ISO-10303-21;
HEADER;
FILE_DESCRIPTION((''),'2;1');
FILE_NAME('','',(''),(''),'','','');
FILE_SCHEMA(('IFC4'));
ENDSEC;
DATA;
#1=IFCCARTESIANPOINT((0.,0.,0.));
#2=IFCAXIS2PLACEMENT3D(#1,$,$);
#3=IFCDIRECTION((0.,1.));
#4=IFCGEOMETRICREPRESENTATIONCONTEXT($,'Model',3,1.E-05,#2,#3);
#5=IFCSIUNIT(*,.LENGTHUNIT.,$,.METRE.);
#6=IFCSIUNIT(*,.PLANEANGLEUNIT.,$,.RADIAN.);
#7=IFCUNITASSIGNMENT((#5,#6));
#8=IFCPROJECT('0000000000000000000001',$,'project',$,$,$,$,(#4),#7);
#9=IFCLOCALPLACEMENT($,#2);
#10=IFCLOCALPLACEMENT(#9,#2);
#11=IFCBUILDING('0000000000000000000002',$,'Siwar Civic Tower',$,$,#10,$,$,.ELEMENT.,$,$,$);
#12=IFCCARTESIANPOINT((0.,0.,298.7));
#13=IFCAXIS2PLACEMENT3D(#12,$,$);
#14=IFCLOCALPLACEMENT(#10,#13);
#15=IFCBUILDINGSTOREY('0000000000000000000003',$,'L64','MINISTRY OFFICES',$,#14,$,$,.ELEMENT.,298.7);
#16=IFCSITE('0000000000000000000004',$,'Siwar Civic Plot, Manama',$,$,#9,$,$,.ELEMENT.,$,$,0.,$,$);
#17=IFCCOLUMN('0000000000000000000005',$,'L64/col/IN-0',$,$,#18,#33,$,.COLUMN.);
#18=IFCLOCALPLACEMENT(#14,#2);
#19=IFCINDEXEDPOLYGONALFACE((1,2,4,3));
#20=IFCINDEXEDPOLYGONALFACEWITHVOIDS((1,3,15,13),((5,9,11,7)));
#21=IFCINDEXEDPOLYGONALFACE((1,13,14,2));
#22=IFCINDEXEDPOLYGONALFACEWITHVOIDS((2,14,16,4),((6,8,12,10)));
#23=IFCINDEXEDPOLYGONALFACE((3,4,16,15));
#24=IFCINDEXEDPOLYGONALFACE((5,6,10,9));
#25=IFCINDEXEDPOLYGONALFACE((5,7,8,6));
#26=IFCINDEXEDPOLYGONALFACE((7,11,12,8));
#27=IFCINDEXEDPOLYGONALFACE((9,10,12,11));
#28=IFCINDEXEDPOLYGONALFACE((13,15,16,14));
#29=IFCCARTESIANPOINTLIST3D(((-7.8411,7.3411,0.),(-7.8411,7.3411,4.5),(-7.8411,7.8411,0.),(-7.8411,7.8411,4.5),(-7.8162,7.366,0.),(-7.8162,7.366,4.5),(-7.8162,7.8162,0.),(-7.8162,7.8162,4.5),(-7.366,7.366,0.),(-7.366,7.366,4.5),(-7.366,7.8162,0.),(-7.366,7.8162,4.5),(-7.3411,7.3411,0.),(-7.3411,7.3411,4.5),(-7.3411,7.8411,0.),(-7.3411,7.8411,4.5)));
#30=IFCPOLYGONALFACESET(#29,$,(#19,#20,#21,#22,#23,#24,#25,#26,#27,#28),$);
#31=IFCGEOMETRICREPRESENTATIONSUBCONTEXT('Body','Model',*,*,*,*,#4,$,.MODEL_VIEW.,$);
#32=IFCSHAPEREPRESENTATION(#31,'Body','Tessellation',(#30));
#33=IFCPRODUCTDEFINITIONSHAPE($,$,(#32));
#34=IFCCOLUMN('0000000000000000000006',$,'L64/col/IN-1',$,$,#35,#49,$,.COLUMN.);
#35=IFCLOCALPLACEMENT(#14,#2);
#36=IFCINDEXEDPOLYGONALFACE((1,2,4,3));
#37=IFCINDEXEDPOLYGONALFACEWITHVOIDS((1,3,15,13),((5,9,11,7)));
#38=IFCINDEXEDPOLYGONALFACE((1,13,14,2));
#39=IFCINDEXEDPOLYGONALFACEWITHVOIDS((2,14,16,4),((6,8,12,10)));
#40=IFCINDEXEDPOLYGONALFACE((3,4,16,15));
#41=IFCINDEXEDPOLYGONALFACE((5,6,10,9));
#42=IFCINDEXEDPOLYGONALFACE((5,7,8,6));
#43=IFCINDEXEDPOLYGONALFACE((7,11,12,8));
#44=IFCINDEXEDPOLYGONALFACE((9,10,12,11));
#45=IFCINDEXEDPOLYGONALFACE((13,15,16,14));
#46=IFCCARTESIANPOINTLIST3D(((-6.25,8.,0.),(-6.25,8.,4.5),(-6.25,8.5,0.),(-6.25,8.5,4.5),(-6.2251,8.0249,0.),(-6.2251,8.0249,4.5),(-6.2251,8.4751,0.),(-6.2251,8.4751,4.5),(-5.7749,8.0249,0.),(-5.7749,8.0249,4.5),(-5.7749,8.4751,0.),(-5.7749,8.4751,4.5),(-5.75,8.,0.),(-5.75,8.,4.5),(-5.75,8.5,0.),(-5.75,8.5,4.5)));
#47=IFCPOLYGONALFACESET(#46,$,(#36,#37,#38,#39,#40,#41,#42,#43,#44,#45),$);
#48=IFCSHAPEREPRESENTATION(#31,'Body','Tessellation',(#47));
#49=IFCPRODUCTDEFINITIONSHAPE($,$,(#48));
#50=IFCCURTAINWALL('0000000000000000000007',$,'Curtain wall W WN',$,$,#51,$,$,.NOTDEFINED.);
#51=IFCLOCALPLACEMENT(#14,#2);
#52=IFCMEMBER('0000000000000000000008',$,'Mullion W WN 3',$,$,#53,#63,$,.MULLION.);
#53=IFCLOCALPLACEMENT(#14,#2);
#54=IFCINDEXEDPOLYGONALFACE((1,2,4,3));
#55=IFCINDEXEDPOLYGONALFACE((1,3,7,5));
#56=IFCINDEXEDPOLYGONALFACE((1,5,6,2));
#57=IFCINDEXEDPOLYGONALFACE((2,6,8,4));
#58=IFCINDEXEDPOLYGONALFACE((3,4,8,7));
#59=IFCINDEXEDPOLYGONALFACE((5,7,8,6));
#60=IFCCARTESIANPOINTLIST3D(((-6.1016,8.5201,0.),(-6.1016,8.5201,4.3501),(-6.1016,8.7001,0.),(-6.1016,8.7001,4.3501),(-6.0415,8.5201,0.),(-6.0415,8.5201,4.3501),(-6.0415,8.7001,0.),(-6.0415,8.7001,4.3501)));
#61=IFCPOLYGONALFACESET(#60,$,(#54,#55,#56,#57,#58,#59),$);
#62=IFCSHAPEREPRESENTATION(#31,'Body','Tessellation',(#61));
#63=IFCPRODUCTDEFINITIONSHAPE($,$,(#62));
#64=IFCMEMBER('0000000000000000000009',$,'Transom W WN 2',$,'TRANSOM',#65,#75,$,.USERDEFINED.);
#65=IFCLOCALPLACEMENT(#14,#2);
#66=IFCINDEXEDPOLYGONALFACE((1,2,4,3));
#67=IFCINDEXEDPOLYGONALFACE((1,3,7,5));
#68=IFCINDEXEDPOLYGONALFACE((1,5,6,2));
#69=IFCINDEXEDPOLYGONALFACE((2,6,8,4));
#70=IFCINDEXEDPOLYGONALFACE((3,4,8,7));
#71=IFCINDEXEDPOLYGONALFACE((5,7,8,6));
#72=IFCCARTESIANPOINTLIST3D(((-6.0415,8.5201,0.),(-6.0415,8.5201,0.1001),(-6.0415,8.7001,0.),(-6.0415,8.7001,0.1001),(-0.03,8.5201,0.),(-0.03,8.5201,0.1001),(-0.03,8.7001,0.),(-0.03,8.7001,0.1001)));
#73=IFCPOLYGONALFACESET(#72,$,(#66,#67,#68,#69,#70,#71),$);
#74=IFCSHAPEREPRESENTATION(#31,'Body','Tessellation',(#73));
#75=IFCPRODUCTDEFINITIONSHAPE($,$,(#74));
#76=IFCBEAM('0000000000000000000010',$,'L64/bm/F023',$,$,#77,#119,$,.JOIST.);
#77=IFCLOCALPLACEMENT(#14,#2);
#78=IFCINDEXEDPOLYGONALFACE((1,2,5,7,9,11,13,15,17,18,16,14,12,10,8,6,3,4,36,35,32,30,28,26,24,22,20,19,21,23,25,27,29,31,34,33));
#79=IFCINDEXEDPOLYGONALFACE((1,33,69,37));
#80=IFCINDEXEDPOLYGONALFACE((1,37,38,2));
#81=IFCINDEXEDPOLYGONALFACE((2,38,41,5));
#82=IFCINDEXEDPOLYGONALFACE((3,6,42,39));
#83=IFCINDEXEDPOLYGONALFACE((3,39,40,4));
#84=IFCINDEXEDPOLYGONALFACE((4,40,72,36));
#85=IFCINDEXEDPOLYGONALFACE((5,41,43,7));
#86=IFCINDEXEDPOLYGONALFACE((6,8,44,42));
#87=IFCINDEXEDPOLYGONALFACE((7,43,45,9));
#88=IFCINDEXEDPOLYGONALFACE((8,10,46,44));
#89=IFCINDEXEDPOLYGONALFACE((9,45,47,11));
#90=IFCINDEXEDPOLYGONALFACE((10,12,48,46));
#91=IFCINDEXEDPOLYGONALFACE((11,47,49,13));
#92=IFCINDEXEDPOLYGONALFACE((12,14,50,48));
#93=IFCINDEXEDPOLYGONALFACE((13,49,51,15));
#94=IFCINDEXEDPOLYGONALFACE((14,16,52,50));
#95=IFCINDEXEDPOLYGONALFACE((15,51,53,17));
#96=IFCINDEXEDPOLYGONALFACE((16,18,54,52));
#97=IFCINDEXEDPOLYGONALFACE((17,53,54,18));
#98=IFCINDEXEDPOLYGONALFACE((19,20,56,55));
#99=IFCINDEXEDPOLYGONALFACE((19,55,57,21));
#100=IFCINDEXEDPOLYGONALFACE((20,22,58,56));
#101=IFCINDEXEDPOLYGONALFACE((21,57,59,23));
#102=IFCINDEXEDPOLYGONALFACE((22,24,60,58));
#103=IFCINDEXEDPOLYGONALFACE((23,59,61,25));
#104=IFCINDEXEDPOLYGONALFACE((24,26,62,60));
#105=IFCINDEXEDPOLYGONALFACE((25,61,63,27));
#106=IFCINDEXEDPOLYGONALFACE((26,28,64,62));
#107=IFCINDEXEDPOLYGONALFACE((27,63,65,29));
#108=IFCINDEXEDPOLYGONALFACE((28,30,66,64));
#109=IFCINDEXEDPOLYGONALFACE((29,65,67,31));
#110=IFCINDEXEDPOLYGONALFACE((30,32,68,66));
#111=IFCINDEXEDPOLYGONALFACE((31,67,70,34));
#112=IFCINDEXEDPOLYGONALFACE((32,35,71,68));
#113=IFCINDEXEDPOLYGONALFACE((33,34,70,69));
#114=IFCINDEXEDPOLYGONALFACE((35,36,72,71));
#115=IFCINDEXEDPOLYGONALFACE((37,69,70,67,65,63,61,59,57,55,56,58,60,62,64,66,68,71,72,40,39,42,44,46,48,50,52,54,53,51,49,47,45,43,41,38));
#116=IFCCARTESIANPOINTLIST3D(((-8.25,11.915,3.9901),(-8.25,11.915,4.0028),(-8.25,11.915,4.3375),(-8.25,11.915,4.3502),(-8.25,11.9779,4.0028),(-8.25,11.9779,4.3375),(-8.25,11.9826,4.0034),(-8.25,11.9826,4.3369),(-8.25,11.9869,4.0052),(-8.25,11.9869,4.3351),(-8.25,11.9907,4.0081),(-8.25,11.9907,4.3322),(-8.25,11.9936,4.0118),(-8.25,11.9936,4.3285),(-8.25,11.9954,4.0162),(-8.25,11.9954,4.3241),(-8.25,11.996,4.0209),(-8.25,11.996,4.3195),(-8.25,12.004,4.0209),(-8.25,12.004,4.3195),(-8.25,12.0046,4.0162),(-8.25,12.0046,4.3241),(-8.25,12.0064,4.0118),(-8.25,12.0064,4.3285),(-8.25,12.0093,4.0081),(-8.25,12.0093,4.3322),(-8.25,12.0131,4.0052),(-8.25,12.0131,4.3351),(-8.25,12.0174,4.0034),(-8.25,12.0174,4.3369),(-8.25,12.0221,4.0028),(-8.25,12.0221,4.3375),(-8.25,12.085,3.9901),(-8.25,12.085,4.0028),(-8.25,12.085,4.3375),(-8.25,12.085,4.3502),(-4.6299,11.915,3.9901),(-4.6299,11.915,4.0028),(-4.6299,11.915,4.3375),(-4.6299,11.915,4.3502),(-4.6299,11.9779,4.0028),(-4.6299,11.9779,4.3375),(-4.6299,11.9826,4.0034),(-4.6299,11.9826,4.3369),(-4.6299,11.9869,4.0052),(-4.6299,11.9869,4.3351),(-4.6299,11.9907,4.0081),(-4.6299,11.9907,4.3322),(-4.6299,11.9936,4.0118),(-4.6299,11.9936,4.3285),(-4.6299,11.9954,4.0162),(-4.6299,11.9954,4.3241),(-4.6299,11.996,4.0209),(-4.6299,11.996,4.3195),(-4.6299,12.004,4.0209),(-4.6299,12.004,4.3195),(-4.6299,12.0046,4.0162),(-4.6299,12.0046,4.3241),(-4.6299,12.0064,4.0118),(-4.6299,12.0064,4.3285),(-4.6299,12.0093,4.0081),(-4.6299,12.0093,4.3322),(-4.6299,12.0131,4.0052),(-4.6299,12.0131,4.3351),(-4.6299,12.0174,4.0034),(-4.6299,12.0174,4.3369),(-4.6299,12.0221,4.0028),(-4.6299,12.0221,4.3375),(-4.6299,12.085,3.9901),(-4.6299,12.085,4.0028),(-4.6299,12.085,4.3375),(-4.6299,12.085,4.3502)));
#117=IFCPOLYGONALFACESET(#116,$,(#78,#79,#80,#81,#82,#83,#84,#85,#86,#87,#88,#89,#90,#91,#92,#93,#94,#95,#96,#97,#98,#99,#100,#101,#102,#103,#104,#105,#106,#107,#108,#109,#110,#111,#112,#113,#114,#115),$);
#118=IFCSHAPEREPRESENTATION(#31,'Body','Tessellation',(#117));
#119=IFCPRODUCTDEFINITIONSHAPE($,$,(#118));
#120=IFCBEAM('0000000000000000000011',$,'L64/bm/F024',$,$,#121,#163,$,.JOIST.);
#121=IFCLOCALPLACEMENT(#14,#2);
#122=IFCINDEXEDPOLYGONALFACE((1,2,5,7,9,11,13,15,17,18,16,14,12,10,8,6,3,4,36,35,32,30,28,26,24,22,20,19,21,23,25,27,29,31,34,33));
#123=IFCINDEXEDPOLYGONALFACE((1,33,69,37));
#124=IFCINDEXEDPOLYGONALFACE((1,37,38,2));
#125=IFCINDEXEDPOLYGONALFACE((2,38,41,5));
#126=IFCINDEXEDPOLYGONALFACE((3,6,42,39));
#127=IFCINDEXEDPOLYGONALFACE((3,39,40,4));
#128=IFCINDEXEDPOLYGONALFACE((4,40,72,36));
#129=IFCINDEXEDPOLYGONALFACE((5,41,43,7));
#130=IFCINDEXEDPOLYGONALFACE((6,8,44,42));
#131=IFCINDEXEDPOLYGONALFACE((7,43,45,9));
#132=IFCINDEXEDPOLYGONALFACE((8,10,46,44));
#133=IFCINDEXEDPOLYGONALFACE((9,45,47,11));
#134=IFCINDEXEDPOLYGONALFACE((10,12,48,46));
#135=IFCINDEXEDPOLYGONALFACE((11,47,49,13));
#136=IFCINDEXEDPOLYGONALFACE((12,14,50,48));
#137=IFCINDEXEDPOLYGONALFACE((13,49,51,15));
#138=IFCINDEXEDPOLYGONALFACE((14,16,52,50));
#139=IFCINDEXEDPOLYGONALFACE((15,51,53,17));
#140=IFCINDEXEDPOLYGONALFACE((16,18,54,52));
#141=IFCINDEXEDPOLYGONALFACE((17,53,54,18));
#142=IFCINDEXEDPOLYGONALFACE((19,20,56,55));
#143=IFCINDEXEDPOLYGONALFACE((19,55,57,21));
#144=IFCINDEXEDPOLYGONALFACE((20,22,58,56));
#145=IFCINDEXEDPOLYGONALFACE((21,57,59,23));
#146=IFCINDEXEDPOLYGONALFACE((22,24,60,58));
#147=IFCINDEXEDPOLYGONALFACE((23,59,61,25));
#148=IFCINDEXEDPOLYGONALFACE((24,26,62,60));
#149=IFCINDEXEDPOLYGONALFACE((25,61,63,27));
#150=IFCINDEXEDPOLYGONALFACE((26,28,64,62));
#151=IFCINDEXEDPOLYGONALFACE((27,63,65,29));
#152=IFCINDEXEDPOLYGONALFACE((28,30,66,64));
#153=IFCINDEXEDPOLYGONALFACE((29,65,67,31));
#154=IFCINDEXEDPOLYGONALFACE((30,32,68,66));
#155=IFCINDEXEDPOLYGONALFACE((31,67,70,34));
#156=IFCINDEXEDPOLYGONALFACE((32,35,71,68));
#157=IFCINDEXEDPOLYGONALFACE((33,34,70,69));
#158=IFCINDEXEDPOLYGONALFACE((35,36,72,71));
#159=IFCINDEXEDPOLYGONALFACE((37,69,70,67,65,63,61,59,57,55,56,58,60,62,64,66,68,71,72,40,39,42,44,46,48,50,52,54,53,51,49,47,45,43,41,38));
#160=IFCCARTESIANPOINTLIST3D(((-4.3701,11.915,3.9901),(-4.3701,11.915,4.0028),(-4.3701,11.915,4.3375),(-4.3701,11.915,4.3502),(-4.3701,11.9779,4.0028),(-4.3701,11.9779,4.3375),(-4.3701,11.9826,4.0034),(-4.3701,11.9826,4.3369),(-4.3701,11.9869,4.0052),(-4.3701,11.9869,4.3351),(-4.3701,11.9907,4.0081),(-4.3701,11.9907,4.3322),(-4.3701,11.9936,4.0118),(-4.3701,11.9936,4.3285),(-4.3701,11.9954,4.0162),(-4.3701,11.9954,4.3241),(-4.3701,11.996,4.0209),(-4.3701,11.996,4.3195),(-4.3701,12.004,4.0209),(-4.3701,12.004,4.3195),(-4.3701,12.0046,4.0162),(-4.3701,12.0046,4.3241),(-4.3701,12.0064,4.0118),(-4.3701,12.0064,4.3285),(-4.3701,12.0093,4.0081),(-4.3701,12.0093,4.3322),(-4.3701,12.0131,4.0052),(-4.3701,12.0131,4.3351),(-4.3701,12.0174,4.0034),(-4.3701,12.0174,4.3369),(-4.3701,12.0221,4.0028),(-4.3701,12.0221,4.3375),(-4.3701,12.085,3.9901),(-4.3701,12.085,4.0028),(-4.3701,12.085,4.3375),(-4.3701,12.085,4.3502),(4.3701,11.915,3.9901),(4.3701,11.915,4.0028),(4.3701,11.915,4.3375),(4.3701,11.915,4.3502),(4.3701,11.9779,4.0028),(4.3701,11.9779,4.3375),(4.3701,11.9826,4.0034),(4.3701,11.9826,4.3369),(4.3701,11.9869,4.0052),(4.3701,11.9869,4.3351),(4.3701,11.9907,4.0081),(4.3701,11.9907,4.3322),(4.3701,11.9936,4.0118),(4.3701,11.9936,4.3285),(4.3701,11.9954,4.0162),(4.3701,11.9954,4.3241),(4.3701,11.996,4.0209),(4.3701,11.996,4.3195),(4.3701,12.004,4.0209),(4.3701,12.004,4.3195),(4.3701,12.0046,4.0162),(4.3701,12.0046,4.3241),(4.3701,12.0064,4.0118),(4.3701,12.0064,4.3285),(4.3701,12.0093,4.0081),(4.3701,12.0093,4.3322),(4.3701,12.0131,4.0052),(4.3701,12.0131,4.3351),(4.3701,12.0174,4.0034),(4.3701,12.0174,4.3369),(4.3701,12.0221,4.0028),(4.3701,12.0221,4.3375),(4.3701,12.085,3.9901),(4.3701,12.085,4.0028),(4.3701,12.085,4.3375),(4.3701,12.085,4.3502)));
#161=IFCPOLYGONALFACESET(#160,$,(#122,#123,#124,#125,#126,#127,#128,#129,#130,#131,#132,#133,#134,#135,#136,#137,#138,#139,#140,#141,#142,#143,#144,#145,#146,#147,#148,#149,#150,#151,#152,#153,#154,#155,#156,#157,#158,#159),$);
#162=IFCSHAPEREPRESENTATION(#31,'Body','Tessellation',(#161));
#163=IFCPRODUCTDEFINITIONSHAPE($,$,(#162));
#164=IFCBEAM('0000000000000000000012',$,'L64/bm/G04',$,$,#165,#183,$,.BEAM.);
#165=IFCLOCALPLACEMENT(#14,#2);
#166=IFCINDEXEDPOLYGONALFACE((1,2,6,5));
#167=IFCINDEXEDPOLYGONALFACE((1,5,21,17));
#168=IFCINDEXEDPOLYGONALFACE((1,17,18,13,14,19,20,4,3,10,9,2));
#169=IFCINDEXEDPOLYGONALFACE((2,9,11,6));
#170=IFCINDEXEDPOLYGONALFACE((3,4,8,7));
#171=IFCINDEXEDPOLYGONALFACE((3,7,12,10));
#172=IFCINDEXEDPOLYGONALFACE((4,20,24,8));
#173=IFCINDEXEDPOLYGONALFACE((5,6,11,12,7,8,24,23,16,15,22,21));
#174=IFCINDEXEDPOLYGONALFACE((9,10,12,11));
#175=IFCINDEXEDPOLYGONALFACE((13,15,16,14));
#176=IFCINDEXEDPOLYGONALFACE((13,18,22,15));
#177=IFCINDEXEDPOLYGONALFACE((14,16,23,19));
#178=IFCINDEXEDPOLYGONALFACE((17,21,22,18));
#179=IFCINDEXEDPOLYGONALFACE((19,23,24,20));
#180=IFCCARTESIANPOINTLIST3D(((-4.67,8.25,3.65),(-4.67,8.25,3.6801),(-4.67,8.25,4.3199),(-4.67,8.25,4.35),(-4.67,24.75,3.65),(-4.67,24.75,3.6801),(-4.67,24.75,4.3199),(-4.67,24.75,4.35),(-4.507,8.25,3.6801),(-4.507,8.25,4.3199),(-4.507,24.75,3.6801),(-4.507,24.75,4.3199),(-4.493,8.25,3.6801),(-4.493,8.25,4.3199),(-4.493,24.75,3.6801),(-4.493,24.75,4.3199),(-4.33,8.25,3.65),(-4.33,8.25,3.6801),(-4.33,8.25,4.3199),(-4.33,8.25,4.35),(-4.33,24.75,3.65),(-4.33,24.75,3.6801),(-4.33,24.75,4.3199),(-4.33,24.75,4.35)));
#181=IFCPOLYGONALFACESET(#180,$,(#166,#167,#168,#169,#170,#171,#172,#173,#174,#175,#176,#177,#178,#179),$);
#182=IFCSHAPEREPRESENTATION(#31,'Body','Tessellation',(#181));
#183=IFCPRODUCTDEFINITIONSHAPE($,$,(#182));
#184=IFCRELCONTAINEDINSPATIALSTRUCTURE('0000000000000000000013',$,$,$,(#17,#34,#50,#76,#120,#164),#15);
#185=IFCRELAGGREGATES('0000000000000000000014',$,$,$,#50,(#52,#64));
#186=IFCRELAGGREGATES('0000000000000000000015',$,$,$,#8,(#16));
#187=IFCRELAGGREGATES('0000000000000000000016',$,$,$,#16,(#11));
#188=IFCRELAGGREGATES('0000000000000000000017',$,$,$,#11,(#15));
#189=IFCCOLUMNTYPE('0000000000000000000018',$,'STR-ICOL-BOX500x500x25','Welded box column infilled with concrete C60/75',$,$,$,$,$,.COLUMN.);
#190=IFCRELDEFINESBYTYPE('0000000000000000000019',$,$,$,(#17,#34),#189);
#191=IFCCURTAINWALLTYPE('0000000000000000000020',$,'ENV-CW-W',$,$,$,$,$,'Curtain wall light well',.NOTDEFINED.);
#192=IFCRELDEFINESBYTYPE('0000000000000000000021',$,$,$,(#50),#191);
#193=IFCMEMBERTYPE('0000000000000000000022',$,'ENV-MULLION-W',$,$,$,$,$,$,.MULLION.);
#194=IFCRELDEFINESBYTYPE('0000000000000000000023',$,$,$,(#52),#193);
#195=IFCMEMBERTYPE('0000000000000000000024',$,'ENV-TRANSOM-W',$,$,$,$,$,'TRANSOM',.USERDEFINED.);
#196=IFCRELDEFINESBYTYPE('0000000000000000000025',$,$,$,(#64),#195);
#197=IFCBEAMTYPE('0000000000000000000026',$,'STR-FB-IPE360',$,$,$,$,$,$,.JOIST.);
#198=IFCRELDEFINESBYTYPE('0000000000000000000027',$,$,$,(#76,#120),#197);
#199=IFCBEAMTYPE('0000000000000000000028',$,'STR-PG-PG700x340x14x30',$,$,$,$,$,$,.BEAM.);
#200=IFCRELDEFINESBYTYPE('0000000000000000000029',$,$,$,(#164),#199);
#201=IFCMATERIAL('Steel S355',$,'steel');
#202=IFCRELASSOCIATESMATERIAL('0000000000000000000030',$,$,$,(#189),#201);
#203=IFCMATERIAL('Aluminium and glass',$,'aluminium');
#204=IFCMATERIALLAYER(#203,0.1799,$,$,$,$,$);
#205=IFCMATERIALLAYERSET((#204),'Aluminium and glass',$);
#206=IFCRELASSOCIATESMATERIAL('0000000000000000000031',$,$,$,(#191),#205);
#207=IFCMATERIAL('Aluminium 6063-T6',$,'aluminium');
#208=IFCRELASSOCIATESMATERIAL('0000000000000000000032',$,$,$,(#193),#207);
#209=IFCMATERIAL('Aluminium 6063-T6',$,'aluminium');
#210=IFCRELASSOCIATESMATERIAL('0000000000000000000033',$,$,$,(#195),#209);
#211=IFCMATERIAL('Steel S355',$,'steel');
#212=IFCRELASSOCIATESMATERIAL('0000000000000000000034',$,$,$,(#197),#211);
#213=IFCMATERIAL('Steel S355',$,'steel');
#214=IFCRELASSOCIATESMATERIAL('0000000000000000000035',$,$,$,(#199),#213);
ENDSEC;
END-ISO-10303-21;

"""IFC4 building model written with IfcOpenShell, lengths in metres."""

from ifc_helpers import new_model, si_unit, direction, frame, origin, origin_2d, place, context, subcontext, project, spatial, rectangle, hollow_rectangle, i_section, extrude, material, layer, layer_set, material_profile, profile_set, type_object, element, aggregate, save


model = new_model("IFC4")

# Units and contexts
model_context = context("Model", 3, precision=1e-05, world=origin(), true_north=direction((0.0, 1.0)))
body_context = subcontext(model_context, "Body", "Model", "MODEL_VIEW")
ifc_project = project(units=[si_unit("LENGTHUNIT", "METRE"), si_unit("PLANEANGLEUNIT", "RADIAN")], contexts=[model_context])

# Site, building, storey
site_placement = place(None, origin())
site = spatial("IfcSite", under=ifc_project, at=site_placement, Name="Siwar Civic Plot, Manama", CompositionType="ELEMENT", RefElevation=0.0)
building_placement = place(site_placement, origin())
building = spatial("IfcBuilding", under=site, at=building_placement, Name="Siwar Civic Tower", CompositionType="ELEMENT")
storey_placement = place(building_placement, frame((0.0, 0.0, 298.7)))
storey = spatial("IfcBuildingStorey", under=building, at=storey_placement, Name="L64", Description="MINISTRY OFFICES", CompositionType="ELEMENT", Elevation=298.7)

# Columns
ifc_material_1 = material(Name="Steel S355", Category="steel")
ifc_material_profile_1 = material_profile(ifc_material_1, hollow_rectangle(XDim=0.5, YDim=0.5, WallThickness=0.0249, at=origin_2d()), Name="BOX500x500x25")
ifc_profile_set_1 = profile_set([ifc_material_profile_1], Name="Steel S355")
column_type = type_object("IfcColumnType", Name="STR-ICOL-BOX500x500x25", Description="Welded box column infilled with concrete C60/75", PredefinedType="COLUMN", material=ifc_profile_set_1)
for number, where, z_axis, x_axis, name in (
    (1, (-7.5911, 7.5911, 0.0), (0.0, 0.0, 1.0), (1.0, 0.0, 0.0), "L64/col/IN-0"),
    (2, (-6.0, 8.25, 0.0), (0.0, 0.0, 1.0), (1.0, 0.0, 0.0), "L64/col/IN-1"),
):
    element("IfcColumn", number, at=place(storey_placement, frame(where, z_axis=z_axis, x_axis=x_axis)), inside=storey, type_object=column_type, Name=name, PredefinedType="COLUMN", context=body_context, shape_type="SweptSolid", body=[
        extrude(hollow_rectangle(XDim=0.5, YDim=0.5, WallThickness=0.0249, at=origin_2d()), origin(), (0.0, 0.0, 1.0), 4.5),
    ])

# Curtain wall, members
ifc_material_2 = material(Name="Aluminium and glass", Category="aluminium")
ifc_layer_1 = layer(ifc_material_2, 0.1799)
ifc_layer_set_1 = layer_set([ifc_layer_1], Name="Aluminium and glass")
curtain_wall_type = type_object("IfcCurtainWallType", Name="ENV-CW-W", ElementType="Curtain wall light well", PredefinedType="NOTDEFINED", material=ifc_layer_set_1)
curtain_wall_placement = place(storey_placement, origin())
curtain_wall = element("IfcCurtainWall", 3, at=curtain_wall_placement, inside=storey, type_object=curtain_wall_type, Name="Curtain wall W WN", PredefinedType="NOTDEFINED")
ifc_material_3 = material(Name="Aluminium 6063-T6", Category="aluminium")
ifc_material_profile_2 = material_profile(ifc_material_3, rectangle(XDim=0.1799, YDim=0.0601, at=origin_2d()), Name="AL 180x60")
ifc_profile_set_2 = profile_set([ifc_material_profile_2], Name="Aluminium 6063-T6")
member_type_1 = type_object("IfcMemberType", Name="ENV-MULLION-W", PredefinedType="MULLION", material=ifc_profile_set_2)
member_1_placement = place(storey_placement, frame((-6.0715, 8.6101, 0.0), z_axis=(0.0, 0.0, 1.0), x_axis=(0.0, -1.0, 0.0)))
member_1 = element("IfcMember", 4, at=member_1_placement, type_object=member_type_1, Name="Mullion W WN 3", PredefinedType="MULLION", context=body_context, shape_type="SweptSolid", body=[
    extrude(rectangle(XDim=0.1799, YDim=0.0601, at=origin_2d()), origin(), (0.0, 0.0, 1.0), 4.3501),
])
ifc_material_4 = material(Name="Aluminium 6063-T6", Category="aluminium")
ifc_material_profile_3 = material_profile(ifc_material_4, rectangle(XDim=0.1799, YDim=0.1001, at=origin_2d()), Name="AL 180x100")
ifc_profile_set_3 = profile_set([ifc_material_profile_3], Name="Aluminium 6063-T6")
member_type_2 = type_object("IfcMemberType", Name="ENV-TRANSOM-W", ElementType="TRANSOM", PredefinedType="USERDEFINED", material=ifc_profile_set_3)
member_2_placement = place(storey_placement, frame((-0.03, 8.6101, 0.05), z_axis=(-1.0, 0.0, 0.0), x_axis=(0.0, -1.0, 0.0)))
member_2 = element("IfcMember", 5, at=member_2_placement, type_object=member_type_2, Name="Transom W WN 2", ObjectType="TRANSOM", PredefinedType="USERDEFINED", context=body_context, shape_type="SweptSolid", body=[
    extrude(rectangle(XDim=0.1799, YDim=0.1001, at=origin_2d()), origin(), (0.0, 0.0, 1.0), 6.0115),
])

# Beams
ifc_material_5 = material(Name="Steel S355", Category="steel")
ifc_material_profile_4 = material_profile(ifc_material_5, i_section(OverallWidth=0.1699, OverallDepth=0.3601, WebThickness=0.0081, FlangeThickness=0.0127, FilletRadius=0.0181, at=origin_2d()), Name="IPE360")
ifc_profile_set_4 = profile_set([ifc_material_profile_4], Name="Steel S355")
beam_type_1 = type_object("IfcBeamType", Name="STR-FB-IPE360", PredefinedType="JOIST", material=ifc_profile_set_4)
beam_1_placement = place(storey_placement, frame((-8.25, 12.0, 4.1702), z_axis=(1.0, 0.0, 0.0), x_axis=(0.0, 1.0, 0.0)))
element("IfcBeam", 6, at=beam_1_placement, inside=storey, type_object=beam_type_1, Name="L64/bm/F023", PredefinedType="JOIST", context=body_context, shape_type="SweptSolid", body=[
    extrude(i_section(OverallWidth=0.1699, OverallDepth=0.3601, WebThickness=0.0081, FlangeThickness=0.0127, FilletRadius=0.0181, at=origin_2d()), origin(), (0.0, 0.0, 1.0), 3.6201),
])
beam_2_placement = place(storey_placement, frame((-4.3701, 12.0, 4.1702), z_axis=(1.0, 0.0, 0.0), x_axis=(0.0, 1.0, 0.0)))
element("IfcBeam", 7, at=beam_2_placement, inside=storey, type_object=beam_type_1, Name="L64/bm/F024", PredefinedType="JOIST", context=body_context, shape_type="SweptSolid", body=[
    extrude(i_section(OverallWidth=0.1699, OverallDepth=0.3601, WebThickness=0.0081, FlangeThickness=0.0127, FilletRadius=0.0181, at=origin_2d()), origin(), (0.0, 0.0, 1.0), 8.7402),
])
ifc_material_6 = material(Name="Steel S355", Category="steel")
ifc_material_profile_5 = material_profile(ifc_material_6, i_section(OverallWidth=0.3401, OverallDepth=0.7, WebThickness=0.0139, FlangeThickness=0.03, at=origin_2d()), Name="PG700x340x14x30")
ifc_profile_set_5 = profile_set([ifc_material_profile_5], Name="Steel S355")
beam_type_2 = type_object("IfcBeamType", Name="STR-PG-PG700x340x14x30", PredefinedType="BEAM", material=ifc_profile_set_5)
beam_3_placement = place(storey_placement, frame((-4.5, 8.25, 4.0), z_axis=(0.0, 1.0, 0.0), x_axis=(-1.0, 0.0, 0.0)))
element("IfcBeam", 8, at=beam_3_placement, inside=storey, type_object=beam_type_2, Name="L64/bm/G04", PredefinedType="BEAM", context=body_context, shape_type="SweptSolid", body=[
    extrude(i_section(OverallWidth=0.3401, OverallDepth=0.7, WebThickness=0.0139, FlangeThickness=0.03, at=origin_2d()), origin(), (0.0, 0.0, 1.0), 16.5),
])

aggregate(curtain_wall, [member_1, member_2])

save(model, "model.ifc")
